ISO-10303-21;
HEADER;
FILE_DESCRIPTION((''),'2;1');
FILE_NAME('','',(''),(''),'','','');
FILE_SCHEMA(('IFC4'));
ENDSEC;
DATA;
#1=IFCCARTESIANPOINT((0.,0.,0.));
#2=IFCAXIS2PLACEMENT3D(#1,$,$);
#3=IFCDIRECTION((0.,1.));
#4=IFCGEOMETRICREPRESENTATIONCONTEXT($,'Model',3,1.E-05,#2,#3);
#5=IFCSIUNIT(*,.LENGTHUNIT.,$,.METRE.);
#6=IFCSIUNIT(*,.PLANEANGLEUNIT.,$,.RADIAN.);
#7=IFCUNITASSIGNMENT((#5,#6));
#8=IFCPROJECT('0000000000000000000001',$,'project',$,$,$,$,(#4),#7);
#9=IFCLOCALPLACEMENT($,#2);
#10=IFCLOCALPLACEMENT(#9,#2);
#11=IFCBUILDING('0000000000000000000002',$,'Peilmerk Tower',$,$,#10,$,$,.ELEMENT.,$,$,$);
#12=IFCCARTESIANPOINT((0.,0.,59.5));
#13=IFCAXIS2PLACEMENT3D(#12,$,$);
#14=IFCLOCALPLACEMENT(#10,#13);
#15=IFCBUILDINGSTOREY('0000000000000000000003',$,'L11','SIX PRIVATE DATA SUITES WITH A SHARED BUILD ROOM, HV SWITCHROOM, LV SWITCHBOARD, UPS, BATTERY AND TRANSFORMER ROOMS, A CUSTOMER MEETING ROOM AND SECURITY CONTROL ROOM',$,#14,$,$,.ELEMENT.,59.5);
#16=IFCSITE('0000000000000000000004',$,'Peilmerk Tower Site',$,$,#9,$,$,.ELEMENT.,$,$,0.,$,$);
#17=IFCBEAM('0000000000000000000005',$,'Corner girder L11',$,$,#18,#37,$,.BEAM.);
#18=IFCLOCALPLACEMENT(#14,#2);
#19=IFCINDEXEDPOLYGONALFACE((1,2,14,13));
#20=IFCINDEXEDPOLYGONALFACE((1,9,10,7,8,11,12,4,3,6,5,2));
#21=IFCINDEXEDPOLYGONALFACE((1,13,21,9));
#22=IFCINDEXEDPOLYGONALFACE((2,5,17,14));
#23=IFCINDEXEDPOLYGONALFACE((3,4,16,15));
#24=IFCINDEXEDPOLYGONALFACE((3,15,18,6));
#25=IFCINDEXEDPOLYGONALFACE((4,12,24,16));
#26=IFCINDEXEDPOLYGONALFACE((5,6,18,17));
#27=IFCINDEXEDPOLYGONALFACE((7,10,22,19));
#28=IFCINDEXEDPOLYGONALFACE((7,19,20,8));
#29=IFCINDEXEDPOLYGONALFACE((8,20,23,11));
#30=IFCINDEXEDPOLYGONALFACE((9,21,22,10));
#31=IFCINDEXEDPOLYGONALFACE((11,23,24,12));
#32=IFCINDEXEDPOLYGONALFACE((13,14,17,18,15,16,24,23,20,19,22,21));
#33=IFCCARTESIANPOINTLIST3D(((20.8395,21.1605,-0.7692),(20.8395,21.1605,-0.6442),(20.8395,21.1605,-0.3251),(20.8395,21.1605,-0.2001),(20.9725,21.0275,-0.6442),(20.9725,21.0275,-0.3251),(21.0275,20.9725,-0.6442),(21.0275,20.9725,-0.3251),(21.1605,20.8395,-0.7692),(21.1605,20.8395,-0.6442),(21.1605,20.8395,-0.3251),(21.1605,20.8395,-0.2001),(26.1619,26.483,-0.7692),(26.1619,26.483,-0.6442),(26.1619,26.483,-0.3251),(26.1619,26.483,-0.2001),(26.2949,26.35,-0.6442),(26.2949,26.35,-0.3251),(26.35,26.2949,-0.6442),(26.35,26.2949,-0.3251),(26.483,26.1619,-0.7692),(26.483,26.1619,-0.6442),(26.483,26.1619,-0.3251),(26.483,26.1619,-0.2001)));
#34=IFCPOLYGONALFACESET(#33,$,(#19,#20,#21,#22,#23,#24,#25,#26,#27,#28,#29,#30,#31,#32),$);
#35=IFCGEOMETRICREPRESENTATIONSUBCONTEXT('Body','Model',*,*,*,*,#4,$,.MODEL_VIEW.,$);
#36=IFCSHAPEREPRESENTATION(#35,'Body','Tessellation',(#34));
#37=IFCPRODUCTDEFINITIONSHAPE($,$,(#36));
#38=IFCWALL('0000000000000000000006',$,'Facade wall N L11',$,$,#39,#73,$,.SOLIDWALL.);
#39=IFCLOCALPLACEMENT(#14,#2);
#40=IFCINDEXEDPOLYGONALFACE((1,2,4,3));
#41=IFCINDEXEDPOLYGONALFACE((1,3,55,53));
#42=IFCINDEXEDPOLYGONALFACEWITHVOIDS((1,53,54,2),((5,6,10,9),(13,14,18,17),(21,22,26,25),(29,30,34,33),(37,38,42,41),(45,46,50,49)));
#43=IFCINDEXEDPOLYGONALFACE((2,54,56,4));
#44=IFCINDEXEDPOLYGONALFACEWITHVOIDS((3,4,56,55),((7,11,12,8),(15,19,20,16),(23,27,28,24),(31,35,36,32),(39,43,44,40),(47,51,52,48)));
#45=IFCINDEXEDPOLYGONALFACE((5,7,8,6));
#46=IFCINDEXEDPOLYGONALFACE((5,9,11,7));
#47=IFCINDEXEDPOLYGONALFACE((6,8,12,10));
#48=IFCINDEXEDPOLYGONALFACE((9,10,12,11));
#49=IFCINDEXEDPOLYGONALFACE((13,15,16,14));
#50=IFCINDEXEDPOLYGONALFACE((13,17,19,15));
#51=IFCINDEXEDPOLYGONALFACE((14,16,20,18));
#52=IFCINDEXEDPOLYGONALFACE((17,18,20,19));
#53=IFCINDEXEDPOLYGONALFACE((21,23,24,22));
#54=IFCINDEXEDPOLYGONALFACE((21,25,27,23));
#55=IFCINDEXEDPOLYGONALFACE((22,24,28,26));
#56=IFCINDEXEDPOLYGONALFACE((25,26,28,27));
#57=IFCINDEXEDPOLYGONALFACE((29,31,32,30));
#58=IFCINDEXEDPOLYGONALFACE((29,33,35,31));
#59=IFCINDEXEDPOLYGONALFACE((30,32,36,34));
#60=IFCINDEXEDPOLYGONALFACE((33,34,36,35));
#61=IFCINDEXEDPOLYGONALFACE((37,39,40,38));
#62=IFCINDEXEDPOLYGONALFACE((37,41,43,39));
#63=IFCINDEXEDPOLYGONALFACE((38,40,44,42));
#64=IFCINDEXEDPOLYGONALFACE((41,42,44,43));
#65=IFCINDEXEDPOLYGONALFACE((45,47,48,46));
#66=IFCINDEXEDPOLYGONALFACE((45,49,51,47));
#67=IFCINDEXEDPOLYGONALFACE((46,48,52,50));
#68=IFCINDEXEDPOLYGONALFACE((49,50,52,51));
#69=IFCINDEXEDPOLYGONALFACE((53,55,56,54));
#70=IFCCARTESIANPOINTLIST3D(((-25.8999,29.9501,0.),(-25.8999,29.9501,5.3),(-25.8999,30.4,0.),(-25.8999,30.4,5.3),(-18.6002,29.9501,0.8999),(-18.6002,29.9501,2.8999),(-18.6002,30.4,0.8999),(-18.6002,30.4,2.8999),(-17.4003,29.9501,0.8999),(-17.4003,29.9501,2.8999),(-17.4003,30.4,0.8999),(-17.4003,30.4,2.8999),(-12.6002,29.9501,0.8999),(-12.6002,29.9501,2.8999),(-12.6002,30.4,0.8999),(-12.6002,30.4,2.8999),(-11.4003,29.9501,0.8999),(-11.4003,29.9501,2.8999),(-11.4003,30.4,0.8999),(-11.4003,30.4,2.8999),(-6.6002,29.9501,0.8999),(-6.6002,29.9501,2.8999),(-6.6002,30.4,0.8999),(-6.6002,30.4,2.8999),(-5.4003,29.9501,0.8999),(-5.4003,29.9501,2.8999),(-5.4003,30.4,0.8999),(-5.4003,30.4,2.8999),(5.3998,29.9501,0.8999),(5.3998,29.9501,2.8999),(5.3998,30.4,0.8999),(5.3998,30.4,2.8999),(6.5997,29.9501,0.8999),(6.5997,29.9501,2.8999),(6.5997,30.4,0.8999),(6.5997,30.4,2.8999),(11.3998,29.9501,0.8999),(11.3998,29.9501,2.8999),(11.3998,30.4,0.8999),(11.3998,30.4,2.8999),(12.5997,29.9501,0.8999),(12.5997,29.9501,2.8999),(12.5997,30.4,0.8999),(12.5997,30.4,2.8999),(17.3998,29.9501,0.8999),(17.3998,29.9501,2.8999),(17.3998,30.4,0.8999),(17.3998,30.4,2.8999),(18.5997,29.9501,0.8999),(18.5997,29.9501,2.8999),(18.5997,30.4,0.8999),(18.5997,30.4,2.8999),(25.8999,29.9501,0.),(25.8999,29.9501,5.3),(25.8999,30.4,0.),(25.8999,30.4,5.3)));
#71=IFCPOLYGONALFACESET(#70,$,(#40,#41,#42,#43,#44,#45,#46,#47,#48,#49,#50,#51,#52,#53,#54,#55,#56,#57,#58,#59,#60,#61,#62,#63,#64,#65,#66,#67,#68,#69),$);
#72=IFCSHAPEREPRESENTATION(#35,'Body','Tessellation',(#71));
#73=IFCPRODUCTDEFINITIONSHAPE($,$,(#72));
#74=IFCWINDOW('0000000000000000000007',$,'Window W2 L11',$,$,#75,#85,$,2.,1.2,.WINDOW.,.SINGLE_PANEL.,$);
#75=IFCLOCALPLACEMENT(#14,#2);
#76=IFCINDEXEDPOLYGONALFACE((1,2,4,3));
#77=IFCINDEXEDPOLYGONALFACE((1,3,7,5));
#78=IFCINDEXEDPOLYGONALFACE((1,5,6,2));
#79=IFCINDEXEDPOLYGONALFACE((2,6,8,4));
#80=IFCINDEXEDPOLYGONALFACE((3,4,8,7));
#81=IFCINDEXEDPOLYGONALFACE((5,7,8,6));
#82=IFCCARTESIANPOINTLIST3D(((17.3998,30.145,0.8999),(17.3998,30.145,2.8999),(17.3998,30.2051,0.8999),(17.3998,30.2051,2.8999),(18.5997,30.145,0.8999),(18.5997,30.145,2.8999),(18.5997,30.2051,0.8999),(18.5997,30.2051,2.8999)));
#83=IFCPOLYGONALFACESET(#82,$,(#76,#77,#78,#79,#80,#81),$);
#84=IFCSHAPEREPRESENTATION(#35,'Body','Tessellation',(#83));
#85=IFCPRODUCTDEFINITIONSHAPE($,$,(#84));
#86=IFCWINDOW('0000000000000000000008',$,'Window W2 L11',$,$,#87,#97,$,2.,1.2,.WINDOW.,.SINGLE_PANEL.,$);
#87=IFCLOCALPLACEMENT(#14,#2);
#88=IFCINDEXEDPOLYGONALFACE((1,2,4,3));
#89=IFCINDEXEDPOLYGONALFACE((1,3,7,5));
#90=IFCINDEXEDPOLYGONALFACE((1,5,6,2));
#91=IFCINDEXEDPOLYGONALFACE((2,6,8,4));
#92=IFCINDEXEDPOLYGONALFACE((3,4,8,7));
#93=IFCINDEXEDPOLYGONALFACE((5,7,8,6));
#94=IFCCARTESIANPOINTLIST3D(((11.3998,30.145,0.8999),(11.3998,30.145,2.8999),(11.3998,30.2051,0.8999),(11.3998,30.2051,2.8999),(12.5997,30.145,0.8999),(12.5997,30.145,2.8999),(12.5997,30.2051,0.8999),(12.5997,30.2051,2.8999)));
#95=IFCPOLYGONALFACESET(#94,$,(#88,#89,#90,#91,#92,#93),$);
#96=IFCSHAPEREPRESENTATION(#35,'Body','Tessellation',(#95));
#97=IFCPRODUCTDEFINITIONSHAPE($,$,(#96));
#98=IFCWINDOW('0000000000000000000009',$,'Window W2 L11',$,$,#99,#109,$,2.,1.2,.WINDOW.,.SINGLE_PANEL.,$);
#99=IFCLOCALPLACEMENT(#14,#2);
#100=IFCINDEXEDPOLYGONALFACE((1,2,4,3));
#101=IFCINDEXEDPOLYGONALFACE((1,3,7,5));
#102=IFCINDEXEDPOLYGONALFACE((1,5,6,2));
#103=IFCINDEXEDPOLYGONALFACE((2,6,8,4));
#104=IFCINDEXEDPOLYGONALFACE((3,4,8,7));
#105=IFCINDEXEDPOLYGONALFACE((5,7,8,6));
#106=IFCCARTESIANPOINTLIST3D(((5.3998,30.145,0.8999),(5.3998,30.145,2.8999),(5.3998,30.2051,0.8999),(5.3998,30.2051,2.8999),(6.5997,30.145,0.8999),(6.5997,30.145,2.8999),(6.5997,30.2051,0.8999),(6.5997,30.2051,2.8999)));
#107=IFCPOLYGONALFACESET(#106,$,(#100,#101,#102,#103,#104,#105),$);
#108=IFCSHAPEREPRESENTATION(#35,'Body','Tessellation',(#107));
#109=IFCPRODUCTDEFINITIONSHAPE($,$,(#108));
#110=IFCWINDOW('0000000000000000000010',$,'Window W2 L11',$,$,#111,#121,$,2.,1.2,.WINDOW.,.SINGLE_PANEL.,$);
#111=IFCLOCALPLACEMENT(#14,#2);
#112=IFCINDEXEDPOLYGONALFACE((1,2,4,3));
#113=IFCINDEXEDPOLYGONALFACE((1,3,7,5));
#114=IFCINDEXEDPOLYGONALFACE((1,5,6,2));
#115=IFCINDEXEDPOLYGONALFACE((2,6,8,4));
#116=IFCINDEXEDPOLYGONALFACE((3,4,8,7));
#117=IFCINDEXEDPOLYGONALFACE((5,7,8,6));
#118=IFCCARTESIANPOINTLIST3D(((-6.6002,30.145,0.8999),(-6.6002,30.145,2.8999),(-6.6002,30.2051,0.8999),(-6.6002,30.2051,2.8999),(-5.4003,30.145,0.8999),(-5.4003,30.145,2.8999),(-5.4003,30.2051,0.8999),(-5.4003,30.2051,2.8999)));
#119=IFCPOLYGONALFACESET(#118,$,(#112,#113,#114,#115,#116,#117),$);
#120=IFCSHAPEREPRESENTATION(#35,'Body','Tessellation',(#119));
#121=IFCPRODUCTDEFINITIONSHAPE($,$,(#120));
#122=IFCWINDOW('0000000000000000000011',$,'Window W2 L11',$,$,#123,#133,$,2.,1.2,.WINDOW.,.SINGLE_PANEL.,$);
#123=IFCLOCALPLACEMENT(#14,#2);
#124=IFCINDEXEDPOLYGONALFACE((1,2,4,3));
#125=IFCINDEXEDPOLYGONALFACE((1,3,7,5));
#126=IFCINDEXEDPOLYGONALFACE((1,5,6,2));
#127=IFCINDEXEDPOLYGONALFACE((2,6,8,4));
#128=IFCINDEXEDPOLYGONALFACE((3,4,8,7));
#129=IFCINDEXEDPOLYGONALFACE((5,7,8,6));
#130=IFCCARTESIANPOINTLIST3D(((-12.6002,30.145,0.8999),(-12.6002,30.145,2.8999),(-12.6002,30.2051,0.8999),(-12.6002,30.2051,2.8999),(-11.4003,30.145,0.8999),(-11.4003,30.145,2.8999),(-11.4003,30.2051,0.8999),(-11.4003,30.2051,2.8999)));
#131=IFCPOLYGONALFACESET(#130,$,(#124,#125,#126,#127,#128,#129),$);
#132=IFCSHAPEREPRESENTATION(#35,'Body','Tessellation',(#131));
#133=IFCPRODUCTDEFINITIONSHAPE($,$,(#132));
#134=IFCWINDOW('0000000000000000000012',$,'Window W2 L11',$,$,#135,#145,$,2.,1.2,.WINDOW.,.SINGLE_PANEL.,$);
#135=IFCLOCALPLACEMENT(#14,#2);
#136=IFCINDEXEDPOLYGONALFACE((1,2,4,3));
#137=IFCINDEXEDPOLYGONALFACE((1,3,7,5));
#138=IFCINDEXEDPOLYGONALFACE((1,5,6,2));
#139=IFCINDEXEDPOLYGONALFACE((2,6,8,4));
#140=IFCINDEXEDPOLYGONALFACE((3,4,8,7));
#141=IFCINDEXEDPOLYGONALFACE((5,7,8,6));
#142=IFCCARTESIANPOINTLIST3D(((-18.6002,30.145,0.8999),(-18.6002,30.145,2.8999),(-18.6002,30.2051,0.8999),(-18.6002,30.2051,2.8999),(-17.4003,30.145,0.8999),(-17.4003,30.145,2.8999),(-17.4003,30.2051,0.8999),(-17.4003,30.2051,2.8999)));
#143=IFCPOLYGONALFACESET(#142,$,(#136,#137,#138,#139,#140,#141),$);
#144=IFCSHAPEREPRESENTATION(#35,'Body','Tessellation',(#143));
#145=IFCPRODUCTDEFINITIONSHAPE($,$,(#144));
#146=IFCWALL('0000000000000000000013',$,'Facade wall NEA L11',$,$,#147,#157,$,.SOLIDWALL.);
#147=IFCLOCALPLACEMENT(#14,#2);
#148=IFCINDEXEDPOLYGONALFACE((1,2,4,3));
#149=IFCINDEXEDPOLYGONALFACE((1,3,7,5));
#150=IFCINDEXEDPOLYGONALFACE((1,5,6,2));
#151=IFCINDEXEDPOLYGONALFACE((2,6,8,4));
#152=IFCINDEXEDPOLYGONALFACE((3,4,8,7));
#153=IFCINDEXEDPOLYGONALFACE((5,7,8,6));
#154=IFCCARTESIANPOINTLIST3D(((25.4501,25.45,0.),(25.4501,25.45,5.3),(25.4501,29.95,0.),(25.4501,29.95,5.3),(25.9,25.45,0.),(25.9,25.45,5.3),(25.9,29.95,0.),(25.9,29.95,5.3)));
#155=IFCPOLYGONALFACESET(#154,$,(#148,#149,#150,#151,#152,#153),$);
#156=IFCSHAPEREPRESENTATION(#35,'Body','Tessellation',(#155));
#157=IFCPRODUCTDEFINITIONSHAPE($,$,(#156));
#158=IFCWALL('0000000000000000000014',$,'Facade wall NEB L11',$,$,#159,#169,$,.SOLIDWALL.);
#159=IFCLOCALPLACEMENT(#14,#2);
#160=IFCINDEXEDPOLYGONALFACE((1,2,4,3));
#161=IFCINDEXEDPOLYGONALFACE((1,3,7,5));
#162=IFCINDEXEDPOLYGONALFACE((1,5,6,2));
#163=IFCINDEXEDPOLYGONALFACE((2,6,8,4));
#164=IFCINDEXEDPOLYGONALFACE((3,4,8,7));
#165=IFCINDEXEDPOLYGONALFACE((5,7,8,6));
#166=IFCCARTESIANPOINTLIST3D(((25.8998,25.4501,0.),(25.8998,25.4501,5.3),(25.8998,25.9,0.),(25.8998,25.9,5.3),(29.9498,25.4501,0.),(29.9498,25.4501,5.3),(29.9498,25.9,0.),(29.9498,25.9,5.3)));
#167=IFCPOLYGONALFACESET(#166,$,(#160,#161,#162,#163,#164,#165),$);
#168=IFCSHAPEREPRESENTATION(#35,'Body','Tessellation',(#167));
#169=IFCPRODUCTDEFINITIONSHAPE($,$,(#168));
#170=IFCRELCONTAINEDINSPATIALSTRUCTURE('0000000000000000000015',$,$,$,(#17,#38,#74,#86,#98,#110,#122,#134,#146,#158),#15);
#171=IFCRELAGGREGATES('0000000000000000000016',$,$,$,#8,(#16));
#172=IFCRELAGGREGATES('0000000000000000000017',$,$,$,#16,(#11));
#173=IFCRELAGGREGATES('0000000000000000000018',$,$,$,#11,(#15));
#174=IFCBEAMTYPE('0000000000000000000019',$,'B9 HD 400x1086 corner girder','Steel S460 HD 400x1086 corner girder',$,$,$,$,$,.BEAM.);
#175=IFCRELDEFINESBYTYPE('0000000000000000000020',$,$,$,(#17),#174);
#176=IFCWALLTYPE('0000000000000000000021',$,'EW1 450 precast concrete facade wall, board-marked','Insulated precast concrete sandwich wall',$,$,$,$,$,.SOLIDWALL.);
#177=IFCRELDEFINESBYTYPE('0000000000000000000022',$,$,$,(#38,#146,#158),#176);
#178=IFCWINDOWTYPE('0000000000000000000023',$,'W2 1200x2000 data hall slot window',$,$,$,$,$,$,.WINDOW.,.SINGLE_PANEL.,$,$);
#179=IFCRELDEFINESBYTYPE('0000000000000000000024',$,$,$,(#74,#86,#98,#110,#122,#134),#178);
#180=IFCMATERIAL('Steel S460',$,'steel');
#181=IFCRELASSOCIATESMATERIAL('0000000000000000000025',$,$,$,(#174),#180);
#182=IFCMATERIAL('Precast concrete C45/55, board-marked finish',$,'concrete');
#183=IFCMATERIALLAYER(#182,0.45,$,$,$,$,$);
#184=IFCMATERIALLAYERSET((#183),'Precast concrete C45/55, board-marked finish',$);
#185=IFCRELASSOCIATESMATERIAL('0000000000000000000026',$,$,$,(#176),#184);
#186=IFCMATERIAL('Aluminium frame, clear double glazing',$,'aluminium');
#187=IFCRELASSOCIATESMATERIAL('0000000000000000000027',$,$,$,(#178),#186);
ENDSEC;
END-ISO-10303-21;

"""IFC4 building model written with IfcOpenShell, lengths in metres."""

from ifc_helpers import new_model, si_unit, direction, frame, frame_2d, origin, origin_2d, place, context, subcontext, project, spatial, rectangle, i_section, extrude, material, layer, layer_set, material_profile, profile_set, type_object, element, fill, save


model = new_model("IFC4")

# Units and contexts
model_context = context("Model", 3, precision=1e-05, world=origin(), true_north=direction((0.0, 1.0)))
body_context = subcontext(model_context, "Body", "Model", "MODEL_VIEW")
ifc_project = project(units=[si_unit("LENGTHUNIT", "METRE"), si_unit("PLANEANGLEUNIT", "RADIAN")], contexts=[model_context])

# Site, building, storey
site_placement = place(None, origin())
site = spatial("IfcSite", under=ifc_project, at=site_placement, Name="Peilmerk Tower Site", CompositionType="ELEMENT", RefElevation=0.0)
building_placement = place(site_placement, origin())
building = spatial("IfcBuilding", under=site, at=building_placement, Name="Peilmerk Tower", CompositionType="ELEMENT")
storey_placement = place(building_placement, frame((0.0, 0.0, 59.5)))
storey = spatial("IfcBuildingStorey", under=building, at=storey_placement, Name="L11", Description="SIX PRIVATE DATA SUITES WITH A SHARED BUILD ROOM, HV SWITCHROOM, LV SWITCHBOARD, UPS, BATTERY AND TRANSFORMER ROOMS, A CUSTOMER MEETING ROOM AND SECURITY CONTROL ROOM", CompositionType="ELEMENT", Elevation=59.5)

# Beam
ifc_material_1 = material(Name="Steel S460", Category="steel")
ifc_material_profile_1 = material_profile(ifc_material_1, i_section(OverallWidth=0.4541, OverallDepth=0.5691, WebThickness=0.0779, FlangeThickness=0.125, at=origin_2d()), Name="HD 400x1086")
ifc_profile_set_1 = profile_set([ifc_material_profile_1], Name="Steel S460")
beam_type_1 = type_object("IfcBeamType", Name="B9 HD 400x1086 corner girder", Description="Steel S460 HD 400x1086 corner girder", PredefinedType="BEAM", material=ifc_profile_set_1)
beam_1_placement = place(storey_placement, frame((21.0, 21.0, -0.4846), z_axis=(0.707107, 0.707107, 0.0), x_axis=(-0.707107, 0.707107, 0.0)))
element("IfcBeam", 1, at=beam_1_placement, inside=storey, type_object=beam_type_1, Name="Corner girder L11", PredefinedType="BEAM", context=body_context, shape_type="SweptSolid", body=[
    extrude(i_section(OverallWidth=0.4541, OverallDepth=0.5691, WebThickness=0.0779, FlangeThickness=0.125, at=origin_2d()), origin(), (0.0, 0.0, 1.0), 7.5271),
])

# Wall, openings, windows
ifc_material_2 = material(Name="Precast concrete C45/55, board-marked finish", Category="concrete")
ifc_layer = layer(ifc_material_2, 0.45)
ifc_layer_set = layer_set([ifc_layer], Name="Precast concrete C45/55, board-marked finish")
wall_type = type_object("IfcWallType", Name="EW1 450 precast concrete facade wall, board-marked", Description="Insulated precast concrete sandwich wall", PredefinedType="SOLIDWALL", material=ifc_layer_set)
wall_1_placement = place(storey_placement, frame((25.8999, 30.175, 0.0), z_axis=(0.0, 0.0, 1.0), x_axis=(-1.0, 0.0, 0.0)))
wall_1 = element("IfcWall", 2, at=wall_1_placement, inside=storey, type_object=wall_type, Name="Facade wall N L11", PredefinedType="SOLIDWALL", context=body_context, shape_type="SweptSolid", body=[
    extrude(rectangle(XDim=51.7998, YDim=0.45, at=frame_2d((25.8999, 0.0))), origin(), (0.0, 0.0, 1.0), 5.3),
])
opening_1_placement = place(wall_1_placement, frame((7.3, 0.0, 0.8999)))
opening_1 = element("IfcOpeningElement", 3, at=opening_1_placement, cuts=wall_1, PredefinedType="OPENING", context=body_context, shape_type="SweptSolid", body=[
    extrude(rectangle(XDim=1.2, YDim=2.0, at=frame_2d((0.6001, 1.0))), frame((0.0, 0.2349, 0.0), z_axis=(0.0, -1.0, 0.0), x_axis=(1.0, 0.0, 0.0)), (0.0, 0.0, 1.0), 0.47),
])
opening_2_placement = place(wall_1_placement, frame((13.3, 0.0, 0.8999)))
opening_2 = element("IfcOpeningElement", 4, at=opening_2_placement, cuts=wall_1, PredefinedType="OPENING", context=body_context, shape_type="SweptSolid", body=[
    extrude(rectangle(XDim=1.2, YDim=2.0, at=frame_2d((0.6001, 1.0))), frame((0.0, 0.2349, 0.0), z_axis=(0.0, -1.0, 0.0), x_axis=(1.0, 0.0, 0.0)), (0.0, 0.0, 1.0), 0.47),
])
opening_3_placement = place(wall_1_placement, frame((19.3, 0.0, 0.8999)))
opening_3 = element("IfcOpeningElement", 5, at=opening_3_placement, cuts=wall_1, PredefinedType="OPENING", context=body_context, shape_type="SweptSolid", body=[
    extrude(rectangle(XDim=1.2, YDim=2.0, at=frame_2d((0.6001, 1.0))), frame((0.0, 0.2349, 0.0), z_axis=(0.0, -1.0, 0.0), x_axis=(1.0, 0.0, 0.0)), (0.0, 0.0, 1.0), 0.47),
])
opening_4_placement = place(wall_1_placement, frame((31.3, 0.0, 0.8999)))
opening_4 = element("IfcOpeningElement", 6, at=opening_4_placement, cuts=wall_1, PredefinedType="OPENING", context=body_context, shape_type="SweptSolid", body=[
    extrude(rectangle(XDim=1.2, YDim=2.0, at=frame_2d((0.6001, 1.0))), frame((0.0, 0.2349, 0.0), z_axis=(0.0, -1.0, 0.0), x_axis=(1.0, 0.0, 0.0)), (0.0, 0.0, 1.0), 0.47),
])
opening_5_placement = place(wall_1_placement, frame((37.3, 0.0, 0.8999)))
opening_5 = element("IfcOpeningElement", 7, at=opening_5_placement, cuts=wall_1, PredefinedType="OPENING", context=body_context, shape_type="SweptSolid", body=[
    extrude(rectangle(XDim=1.2, YDim=2.0, at=frame_2d((0.6001, 1.0))), frame((0.0, 0.2349, 0.0), z_axis=(0.0, -1.0, 0.0), x_axis=(1.0, 0.0, 0.0)), (0.0, 0.0, 1.0), 0.47),
])
opening_6_placement = place(wall_1_placement, frame((43.3, 0.0, 0.8999)))
opening_6 = element("IfcOpeningElement", 8, at=opening_6_placement, cuts=wall_1, PredefinedType="OPENING", context=body_context, shape_type="SweptSolid", body=[
    extrude(rectangle(XDim=1.2, YDim=2.0, at=frame_2d((0.6001, 1.0))), frame((0.0, 0.2349, 0.0), z_axis=(0.0, -1.0, 0.0), x_axis=(1.0, 0.0, 0.0)), (0.0, 0.0, 1.0), 0.47),
])
ifc_material_3 = material(Name="Aluminium frame, clear double glazing", Category="aluminium")
window_type = type_object("IfcWindowType", Name="W2 1200x2000 data hall slot window", PartitioningType="SINGLE_PANEL", PredefinedType="WINDOW", material=ifc_material_3)
window_1_placement = place(opening_1_placement, origin())
window_1 = element("IfcWindow", 9, at=window_1_placement, inside=storey, type_object=window_type, Name="Window W2 L11", OverallHeight=2.0, OverallWidth=1.2, PartitioningType="SINGLE_PANEL", PredefinedType="WINDOW", context=body_context, shape_type="SweptSolid", body=[
    extrude(rectangle(XDim=1.2, YDim=2.0, at=frame_2d((0.6001, 1.0))), frame((0.0, 0.03, 0.0), z_axis=(0.0, -1.0, 0.0), x_axis=(1.0, 0.0, 0.0)), (0.0, 0.0, 1.0), 0.0601),
])
fill(opening_1, window_1)
window_2_placement = place(opening_2_placement, origin())
window_2 = element("IfcWindow", 10, at=window_2_placement, inside=storey, type_object=window_type, Name="Window W2 L11", OverallHeight=2.0, OverallWidth=1.2, PartitioningType="SINGLE_PANEL", PredefinedType="WINDOW", context=body_context, shape_type="SweptSolid", body=[
    extrude(rectangle(XDim=1.2, YDim=2.0, at=frame_2d((0.6001, 1.0))), frame((0.0, 0.03, 0.0), z_axis=(0.0, -1.0, 0.0), x_axis=(1.0, 0.0, 0.0)), (0.0, 0.0, 1.0), 0.0601),
])
fill(opening_2, window_2)
window_3_placement = place(opening_3_placement, origin())
window_3 = element("IfcWindow", 11, at=window_3_placement, inside=storey, type_object=window_type, Name="Window W2 L11", OverallHeight=2.0, OverallWidth=1.2, PartitioningType="SINGLE_PANEL", PredefinedType="WINDOW", context=body_context, shape_type="SweptSolid", body=[
    extrude(rectangle(XDim=1.2, YDim=2.0, at=frame_2d((0.6001, 1.0))), frame((0.0, 0.03, 0.0), z_axis=(0.0, -1.0, 0.0), x_axis=(1.0, 0.0, 0.0)), (0.0, 0.0, 1.0), 0.0601),
])
fill(opening_3, window_3)
window_4_placement = place(opening_4_placement, origin())
window_4 = element("IfcWindow", 12, at=window_4_placement, inside=storey, type_object=window_type, Name="Window W2 L11", OverallHeight=2.0, OverallWidth=1.2, PartitioningType="SINGLE_PANEL", PredefinedType="WINDOW", context=body_context, shape_type="SweptSolid", body=[
    extrude(rectangle(XDim=1.2, YDim=2.0, at=frame_2d((0.6001, 1.0))), frame((0.0, 0.03, 0.0), z_axis=(0.0, -1.0, 0.0), x_axis=(1.0, 0.0, 0.0)), (0.0, 0.0, 1.0), 0.0601),
])
fill(opening_4, window_4)
window_5_placement = place(opening_5_placement, origin())
window_5 = element("IfcWindow", 13, at=window_5_placement, inside=storey, type_object=window_type, Name="Window W2 L11", OverallHeight=2.0, OverallWidth=1.2, PartitioningType="SINGLE_PANEL", PredefinedType="WINDOW", context=body_context, shape_type="SweptSolid", body=[
    extrude(rectangle(XDim=1.2, YDim=2.0, at=frame_2d((0.6001, 1.0))), frame((0.0, 0.03, 0.0), z_axis=(0.0, -1.0, 0.0), x_axis=(1.0, 0.0, 0.0)), (0.0, 0.0, 1.0), 0.0601),
])
fill(opening_5, window_5)
window_6_placement = place(opening_6_placement, origin())
window_6 = element("IfcWindow", 14, at=window_6_placement, inside=storey, type_object=window_type, Name="Window W2 L11", OverallHeight=2.0, OverallWidth=1.2, PartitioningType="SINGLE_PANEL", PredefinedType="WINDOW", context=body_context, shape_type="SweptSolid", body=[
    extrude(rectangle(XDim=1.2, YDim=2.0, at=frame_2d((0.6001, 1.0))), frame((0.0, 0.03, 0.0), z_axis=(0.0, -1.0, 0.0), x_axis=(1.0, 0.0, 0.0)), (0.0, 0.0, 1.0), 0.0601),
])
fill(opening_6, window_6)

# Walls
wall_2_placement = place(storey_placement, frame((25.675, 25.45, 0.0), z_axis=(0.0, 0.0, 1.0), x_axis=(0.0, 1.0, 0.0)))
element("IfcWall", 15, at=wall_2_placement, inside=storey, type_object=wall_type, Name="Facade wall NEA L11", PredefinedType="SOLIDWALL", context=body_context, shape_type="SweptSolid", body=[
    extrude(rectangle(XDim=4.5, YDim=0.45, at=frame_2d((2.25, 0.0))), origin(), (0.0, 0.0, 1.0), 5.3),
])
wall_3_placement = place(storey_placement, frame((25.8999, 25.675, 0.0), z_axis=(0.0, 0.0, 1.0), x_axis=(1.0, 0.0, 0.0)))
element("IfcWall", 16, at=wall_3_placement, inside=storey, type_object=wall_type, Name="Facade wall NEB L11", PredefinedType="SOLIDWALL", context=body_context, shape_type="SweptSolid", body=[
    extrude(rectangle(XDim=4.05, YDim=0.45, at=frame_2d((2.0249, 0.0))), origin(), (0.0, 0.0, 1.0), 5.3),
])

save(model, "model.ifc")
